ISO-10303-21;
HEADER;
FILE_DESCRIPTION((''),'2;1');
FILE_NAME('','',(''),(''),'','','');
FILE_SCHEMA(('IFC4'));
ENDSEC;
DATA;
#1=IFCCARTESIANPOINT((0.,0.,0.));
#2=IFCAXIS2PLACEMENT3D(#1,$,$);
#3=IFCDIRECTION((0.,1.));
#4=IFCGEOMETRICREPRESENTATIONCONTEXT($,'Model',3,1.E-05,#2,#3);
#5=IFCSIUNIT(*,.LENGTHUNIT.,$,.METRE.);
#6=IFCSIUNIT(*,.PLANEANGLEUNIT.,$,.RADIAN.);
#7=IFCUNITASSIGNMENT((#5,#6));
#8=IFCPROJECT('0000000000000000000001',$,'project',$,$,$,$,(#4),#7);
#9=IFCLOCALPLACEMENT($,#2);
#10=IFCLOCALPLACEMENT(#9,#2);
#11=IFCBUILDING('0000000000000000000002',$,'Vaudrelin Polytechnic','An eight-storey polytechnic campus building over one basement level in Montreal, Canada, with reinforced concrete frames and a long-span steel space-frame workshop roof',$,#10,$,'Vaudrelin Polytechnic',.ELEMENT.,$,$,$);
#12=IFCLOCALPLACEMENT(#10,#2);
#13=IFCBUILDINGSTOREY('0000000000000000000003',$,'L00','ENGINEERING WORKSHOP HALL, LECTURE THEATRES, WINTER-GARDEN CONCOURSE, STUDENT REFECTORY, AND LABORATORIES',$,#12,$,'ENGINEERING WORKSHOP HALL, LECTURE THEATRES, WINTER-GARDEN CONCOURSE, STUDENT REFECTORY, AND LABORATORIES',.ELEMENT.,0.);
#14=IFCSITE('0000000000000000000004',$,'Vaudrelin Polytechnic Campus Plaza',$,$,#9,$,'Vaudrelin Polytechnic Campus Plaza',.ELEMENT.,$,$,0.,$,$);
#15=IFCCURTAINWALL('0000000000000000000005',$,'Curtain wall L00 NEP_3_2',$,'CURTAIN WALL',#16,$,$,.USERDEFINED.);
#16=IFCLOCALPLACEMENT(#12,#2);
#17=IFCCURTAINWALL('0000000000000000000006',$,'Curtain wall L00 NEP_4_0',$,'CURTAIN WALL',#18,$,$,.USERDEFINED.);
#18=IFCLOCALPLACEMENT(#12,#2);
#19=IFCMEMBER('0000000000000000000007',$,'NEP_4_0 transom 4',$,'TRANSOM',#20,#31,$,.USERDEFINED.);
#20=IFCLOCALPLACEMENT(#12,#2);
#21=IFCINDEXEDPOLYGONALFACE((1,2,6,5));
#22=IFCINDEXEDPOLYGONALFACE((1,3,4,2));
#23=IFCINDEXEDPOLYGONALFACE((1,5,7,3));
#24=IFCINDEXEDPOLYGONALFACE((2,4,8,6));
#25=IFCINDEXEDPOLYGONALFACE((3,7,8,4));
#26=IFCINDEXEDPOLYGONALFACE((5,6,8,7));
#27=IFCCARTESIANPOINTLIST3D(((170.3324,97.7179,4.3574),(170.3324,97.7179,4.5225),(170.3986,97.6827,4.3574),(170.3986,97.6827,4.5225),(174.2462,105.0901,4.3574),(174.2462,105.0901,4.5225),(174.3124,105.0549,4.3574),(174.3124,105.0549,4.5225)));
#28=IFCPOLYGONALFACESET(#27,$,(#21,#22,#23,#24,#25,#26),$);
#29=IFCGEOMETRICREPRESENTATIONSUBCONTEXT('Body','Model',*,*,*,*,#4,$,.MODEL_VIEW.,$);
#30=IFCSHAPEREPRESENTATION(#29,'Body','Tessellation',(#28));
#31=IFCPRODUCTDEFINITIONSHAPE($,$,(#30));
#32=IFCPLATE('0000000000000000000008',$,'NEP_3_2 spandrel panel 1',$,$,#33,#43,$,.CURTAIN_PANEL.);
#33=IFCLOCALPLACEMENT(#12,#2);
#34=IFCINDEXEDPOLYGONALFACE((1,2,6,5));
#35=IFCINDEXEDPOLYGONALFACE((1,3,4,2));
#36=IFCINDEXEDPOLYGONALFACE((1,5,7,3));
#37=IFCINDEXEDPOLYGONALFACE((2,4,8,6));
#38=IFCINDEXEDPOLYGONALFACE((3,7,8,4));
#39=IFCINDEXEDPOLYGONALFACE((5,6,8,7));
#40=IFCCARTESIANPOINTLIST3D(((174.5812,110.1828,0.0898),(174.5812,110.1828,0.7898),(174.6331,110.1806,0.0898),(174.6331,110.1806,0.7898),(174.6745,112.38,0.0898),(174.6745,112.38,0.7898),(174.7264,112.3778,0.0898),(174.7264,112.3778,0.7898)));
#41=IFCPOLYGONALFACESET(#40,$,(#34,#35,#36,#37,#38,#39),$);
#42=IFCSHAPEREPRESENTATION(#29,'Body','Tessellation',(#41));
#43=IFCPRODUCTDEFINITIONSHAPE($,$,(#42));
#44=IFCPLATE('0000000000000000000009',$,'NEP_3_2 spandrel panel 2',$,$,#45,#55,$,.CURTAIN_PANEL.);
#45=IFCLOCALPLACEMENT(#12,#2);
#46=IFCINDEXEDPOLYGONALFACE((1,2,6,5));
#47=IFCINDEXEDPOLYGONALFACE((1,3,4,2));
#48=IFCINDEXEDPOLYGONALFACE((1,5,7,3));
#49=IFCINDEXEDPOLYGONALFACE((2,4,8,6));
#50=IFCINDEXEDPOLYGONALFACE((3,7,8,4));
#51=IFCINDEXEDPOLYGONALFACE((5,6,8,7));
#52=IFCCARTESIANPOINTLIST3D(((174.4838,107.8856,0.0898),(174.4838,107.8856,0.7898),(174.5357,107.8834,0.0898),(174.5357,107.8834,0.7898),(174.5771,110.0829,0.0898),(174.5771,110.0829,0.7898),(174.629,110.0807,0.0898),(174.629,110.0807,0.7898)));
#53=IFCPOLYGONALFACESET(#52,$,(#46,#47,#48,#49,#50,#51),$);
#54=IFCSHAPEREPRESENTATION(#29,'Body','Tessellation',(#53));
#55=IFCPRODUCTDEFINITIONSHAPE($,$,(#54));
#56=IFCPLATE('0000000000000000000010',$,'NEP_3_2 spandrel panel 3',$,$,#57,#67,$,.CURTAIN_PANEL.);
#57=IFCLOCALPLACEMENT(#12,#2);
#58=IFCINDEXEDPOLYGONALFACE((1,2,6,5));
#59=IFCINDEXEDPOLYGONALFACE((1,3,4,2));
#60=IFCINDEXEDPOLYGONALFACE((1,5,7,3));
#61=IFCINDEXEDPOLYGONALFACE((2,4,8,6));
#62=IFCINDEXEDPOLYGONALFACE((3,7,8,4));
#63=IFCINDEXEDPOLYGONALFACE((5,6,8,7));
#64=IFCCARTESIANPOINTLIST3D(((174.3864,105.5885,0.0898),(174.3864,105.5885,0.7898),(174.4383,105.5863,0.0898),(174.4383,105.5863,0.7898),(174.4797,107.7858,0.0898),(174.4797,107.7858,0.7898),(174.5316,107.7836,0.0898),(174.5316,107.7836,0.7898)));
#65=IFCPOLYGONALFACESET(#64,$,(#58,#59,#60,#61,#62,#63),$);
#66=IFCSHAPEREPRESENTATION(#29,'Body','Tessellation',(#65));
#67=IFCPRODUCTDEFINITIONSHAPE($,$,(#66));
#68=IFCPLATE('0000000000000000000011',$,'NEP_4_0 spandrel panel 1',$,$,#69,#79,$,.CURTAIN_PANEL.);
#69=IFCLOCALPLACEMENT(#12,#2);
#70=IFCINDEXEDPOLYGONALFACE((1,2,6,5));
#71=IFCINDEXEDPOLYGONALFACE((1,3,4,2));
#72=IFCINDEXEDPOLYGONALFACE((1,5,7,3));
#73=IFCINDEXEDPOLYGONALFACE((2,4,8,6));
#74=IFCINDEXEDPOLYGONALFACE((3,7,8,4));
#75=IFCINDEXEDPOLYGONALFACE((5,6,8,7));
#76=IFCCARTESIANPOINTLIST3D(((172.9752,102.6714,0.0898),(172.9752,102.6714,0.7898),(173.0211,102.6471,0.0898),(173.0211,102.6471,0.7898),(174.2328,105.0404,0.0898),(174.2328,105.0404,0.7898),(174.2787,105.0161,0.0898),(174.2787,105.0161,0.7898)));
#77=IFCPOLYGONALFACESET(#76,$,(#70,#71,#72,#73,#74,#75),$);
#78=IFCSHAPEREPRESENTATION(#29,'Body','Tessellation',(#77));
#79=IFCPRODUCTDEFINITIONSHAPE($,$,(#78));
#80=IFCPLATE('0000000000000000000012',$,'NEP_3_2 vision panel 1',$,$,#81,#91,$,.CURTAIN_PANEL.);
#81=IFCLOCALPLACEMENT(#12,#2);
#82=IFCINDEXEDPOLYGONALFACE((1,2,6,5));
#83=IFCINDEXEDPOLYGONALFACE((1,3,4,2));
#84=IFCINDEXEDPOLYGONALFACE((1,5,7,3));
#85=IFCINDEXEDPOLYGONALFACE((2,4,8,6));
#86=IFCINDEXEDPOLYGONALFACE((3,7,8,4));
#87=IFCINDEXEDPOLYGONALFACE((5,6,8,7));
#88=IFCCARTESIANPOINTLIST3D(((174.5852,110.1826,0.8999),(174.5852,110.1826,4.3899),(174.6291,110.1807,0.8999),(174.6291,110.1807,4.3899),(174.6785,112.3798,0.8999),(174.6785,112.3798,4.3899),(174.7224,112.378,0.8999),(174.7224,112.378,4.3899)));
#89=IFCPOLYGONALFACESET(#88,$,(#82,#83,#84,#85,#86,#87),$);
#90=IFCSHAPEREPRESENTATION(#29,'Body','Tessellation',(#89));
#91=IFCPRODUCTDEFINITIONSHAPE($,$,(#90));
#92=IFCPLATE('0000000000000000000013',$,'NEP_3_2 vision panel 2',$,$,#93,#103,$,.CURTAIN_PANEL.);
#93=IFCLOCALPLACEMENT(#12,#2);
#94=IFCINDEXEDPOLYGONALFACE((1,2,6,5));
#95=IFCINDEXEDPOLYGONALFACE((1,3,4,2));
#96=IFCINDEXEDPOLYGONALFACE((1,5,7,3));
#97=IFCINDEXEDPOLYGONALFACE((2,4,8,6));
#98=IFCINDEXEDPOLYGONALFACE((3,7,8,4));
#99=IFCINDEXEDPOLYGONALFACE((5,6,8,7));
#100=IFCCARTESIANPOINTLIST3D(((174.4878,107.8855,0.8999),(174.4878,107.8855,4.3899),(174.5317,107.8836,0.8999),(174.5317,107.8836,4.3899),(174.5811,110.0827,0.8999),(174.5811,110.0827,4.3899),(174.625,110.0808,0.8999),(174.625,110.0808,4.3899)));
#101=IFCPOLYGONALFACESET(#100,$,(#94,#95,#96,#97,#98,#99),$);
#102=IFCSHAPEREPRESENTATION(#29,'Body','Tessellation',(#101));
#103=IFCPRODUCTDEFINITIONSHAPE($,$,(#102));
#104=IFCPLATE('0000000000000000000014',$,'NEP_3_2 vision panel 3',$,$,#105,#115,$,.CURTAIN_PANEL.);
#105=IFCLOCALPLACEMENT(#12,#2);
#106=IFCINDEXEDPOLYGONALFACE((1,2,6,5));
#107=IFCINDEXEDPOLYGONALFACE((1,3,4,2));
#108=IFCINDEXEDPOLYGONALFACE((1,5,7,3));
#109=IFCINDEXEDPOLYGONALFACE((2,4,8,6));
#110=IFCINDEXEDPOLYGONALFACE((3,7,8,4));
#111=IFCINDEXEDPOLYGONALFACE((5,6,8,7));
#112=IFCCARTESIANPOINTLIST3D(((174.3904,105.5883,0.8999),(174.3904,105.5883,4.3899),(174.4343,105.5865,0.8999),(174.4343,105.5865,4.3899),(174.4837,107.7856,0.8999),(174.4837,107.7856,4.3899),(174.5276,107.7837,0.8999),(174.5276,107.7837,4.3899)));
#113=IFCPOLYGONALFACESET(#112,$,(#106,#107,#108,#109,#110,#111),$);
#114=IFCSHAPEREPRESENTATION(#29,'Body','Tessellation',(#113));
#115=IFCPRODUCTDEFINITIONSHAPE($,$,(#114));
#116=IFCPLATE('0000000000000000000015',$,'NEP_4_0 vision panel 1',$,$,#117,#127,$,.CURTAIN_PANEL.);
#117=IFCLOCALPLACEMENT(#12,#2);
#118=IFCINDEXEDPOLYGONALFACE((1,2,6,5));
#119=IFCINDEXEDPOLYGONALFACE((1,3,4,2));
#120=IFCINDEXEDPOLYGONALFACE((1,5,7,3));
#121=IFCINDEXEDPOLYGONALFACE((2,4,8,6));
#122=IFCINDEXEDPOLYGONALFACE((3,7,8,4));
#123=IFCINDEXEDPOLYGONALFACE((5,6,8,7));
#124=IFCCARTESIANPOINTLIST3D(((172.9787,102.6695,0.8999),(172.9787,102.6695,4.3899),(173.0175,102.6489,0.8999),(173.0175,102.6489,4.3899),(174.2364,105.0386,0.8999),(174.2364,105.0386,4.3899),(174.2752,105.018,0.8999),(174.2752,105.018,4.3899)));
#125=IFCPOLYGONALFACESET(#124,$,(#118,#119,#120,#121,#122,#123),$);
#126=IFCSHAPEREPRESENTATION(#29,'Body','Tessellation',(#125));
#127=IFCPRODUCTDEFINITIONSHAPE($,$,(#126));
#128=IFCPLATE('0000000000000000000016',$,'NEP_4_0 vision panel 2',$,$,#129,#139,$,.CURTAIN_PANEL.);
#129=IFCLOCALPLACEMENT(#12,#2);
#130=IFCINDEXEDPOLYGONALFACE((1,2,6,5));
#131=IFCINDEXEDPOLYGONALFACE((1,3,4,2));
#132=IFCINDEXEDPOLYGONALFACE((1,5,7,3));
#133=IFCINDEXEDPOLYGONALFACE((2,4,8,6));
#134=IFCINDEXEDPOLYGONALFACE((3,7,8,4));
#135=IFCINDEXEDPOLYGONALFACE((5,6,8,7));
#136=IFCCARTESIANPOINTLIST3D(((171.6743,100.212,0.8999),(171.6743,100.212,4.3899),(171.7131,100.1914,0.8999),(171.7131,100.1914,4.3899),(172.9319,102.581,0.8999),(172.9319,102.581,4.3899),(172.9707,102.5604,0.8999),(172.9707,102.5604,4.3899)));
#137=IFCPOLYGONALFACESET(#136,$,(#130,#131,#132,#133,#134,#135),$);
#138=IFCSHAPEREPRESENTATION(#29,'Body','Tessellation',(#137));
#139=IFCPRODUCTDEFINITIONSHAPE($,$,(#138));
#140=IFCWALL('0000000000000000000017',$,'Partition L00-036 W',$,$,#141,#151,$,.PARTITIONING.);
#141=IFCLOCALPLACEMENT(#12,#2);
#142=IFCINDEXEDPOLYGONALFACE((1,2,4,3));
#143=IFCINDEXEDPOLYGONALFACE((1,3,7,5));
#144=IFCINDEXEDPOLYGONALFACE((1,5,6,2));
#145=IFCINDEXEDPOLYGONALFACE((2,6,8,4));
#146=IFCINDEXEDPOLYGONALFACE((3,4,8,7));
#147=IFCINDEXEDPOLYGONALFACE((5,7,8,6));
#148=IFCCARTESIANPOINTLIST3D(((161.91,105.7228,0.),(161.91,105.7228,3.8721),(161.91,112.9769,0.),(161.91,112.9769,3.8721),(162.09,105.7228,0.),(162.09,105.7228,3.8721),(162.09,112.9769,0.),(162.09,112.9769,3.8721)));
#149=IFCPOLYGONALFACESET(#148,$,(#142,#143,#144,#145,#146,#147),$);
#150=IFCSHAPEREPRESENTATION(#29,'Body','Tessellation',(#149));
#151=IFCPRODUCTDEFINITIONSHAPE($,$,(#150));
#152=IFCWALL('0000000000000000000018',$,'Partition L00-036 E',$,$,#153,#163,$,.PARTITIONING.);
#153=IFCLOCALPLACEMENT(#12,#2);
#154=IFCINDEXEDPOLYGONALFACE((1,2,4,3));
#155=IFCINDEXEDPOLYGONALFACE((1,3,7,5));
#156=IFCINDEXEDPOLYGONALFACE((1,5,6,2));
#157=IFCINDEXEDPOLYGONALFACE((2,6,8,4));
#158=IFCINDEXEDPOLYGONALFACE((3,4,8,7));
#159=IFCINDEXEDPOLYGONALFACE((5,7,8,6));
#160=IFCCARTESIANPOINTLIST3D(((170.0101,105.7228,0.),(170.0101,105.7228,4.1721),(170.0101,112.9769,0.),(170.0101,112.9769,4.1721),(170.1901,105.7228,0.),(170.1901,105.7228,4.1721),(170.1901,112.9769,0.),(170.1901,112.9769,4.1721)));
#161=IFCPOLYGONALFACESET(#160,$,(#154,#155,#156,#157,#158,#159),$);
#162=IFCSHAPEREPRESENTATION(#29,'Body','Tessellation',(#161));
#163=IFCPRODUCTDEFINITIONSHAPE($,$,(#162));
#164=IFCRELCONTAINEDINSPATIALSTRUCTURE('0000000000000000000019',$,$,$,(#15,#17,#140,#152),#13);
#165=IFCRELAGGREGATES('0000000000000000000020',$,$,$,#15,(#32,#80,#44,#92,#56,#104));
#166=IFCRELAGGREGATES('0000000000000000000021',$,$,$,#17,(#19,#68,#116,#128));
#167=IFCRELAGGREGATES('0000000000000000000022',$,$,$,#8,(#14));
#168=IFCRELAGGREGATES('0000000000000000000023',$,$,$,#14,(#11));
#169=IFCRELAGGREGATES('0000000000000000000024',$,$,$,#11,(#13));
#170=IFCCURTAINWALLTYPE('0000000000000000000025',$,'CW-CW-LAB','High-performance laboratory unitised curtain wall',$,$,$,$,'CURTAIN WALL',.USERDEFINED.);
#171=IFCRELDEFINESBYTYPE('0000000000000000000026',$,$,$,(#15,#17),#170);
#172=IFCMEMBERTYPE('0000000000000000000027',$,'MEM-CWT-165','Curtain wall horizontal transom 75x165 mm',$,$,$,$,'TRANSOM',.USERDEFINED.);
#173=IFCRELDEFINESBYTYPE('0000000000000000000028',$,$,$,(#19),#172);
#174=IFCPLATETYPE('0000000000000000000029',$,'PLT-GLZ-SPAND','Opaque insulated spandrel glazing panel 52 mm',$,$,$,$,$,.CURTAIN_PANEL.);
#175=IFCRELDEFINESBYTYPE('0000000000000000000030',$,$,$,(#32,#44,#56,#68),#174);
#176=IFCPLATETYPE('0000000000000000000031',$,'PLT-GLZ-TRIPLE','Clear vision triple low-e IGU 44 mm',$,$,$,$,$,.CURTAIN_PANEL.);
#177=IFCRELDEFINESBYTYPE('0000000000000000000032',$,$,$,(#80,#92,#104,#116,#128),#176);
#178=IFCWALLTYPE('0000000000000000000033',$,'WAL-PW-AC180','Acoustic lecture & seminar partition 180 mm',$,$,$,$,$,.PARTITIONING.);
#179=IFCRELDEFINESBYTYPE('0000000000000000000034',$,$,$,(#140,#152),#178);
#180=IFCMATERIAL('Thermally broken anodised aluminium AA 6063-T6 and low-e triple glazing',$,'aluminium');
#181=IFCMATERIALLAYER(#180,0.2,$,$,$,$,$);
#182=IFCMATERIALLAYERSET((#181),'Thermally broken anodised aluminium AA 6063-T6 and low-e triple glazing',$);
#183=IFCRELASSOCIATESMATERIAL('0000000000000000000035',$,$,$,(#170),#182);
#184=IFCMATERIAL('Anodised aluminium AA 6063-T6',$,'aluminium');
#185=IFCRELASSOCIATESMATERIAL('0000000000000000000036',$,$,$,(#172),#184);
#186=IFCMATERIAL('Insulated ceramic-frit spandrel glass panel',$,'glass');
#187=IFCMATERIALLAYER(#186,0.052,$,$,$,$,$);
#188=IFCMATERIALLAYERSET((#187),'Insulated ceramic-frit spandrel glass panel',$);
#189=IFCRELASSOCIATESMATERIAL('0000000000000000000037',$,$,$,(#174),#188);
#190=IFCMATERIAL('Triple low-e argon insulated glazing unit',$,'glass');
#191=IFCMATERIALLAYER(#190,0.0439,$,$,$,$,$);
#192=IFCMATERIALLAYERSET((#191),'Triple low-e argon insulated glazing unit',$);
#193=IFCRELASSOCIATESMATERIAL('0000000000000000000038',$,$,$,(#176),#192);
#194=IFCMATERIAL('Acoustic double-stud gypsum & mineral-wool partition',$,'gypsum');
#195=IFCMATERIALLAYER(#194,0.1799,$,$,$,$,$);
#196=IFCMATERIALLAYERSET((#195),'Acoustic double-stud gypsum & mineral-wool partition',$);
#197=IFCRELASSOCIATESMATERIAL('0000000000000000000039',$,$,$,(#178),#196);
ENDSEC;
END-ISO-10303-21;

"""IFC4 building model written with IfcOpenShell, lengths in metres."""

from ifc_helpers import new_model, si_unit, direction, frame, frame_2d, origin, origin_2d, place, context, subcontext, project, spatial, rectangle, extrude, material, layer, layer_set, material_profile, profile_set, type_object, element, aggregate, save


model = new_model("IFC4")

# Units and contexts
model_context = context("Model", 3, precision=1e-05, world=origin(), true_north=direction((0.0, 1.0)))
body_context = subcontext(model_context, "Body", "Model", "MODEL_VIEW")
ifc_project = project(units=[si_unit("LENGTHUNIT", "METRE"), si_unit("PLANEANGLEUNIT", "RADIAN")], contexts=[model_context])

# Site, building, storey
site_placement = place(None, origin())
site = spatial("IfcSite", under=ifc_project, at=site_placement, Name="Vaudrelin Polytechnic Campus Plaza", LongName="Vaudrelin Polytechnic Campus Plaza", CompositionType="ELEMENT", RefElevation=0.0)
building_placement = place(site_placement, origin())
building = spatial("IfcBuilding", under=site, at=building_placement, Name="Vaudrelin Polytechnic", Description="An eight-storey polytechnic campus building over one basement level in Montreal, Canada, with reinforced concrete frames and a long-span steel space-frame workshop roof", LongName="Vaudrelin Polytechnic", CompositionType="ELEMENT")
storey_placement = place(building_placement, origin())
storey = spatial("IfcBuildingStorey", under=building, at=storey_placement, Name="L00", Description="ENGINEERING WORKSHOP HALL, LECTURE THEATRES, WINTER-GARDEN CONCOURSE, STUDENT REFECTORY, AND LABORATORIES", LongName="ENGINEERING WORKSHOP HALL, LECTURE THEATRES, WINTER-GARDEN CONCOURSE, STUDENT REFECTORY, AND LABORATORIES", CompositionType="ELEMENT", Elevation=0.0)

# Curtain walls
ifc_material_1 = material(Name="Thermally broken anodised aluminium AA 6063-T6 and low-e triple glazing", Category="aluminium")
ifc_layer_1 = layer(ifc_material_1, 0.2)
ifc_layer_set_1 = layer_set([ifc_layer_1], Name="Thermally broken anodised aluminium AA 6063-T6 and low-e triple glazing")
curtain_wall_type = type_object("IfcCurtainWallType", Name="CW-CW-LAB", Description="High-performance laboratory unitised curtain wall", ElementType="CURTAIN WALL", PredefinedType="USERDEFINED", material=ifc_layer_set_1)
curtain_wall_1_placement = place(storey_placement, origin())
curtain_wall_1 = element("IfcCurtainWall", 1, at=curtain_wall_1_placement, inside=storey, type_object=curtain_wall_type, Name="Curtain wall L00 NEP_3_2", ObjectType="CURTAIN WALL", PredefinedType="USERDEFINED")
ifc_material_2 = material(Name="Anodised aluminium AA 6063-T6", Category="aluminium")
curtain_wall_2_placement = place(storey_placement, origin())
curtain_wall_2 = element("IfcCurtainWall", 2, at=curtain_wall_2_placement, inside=storey, type_object=curtain_wall_type, Name="Curtain wall L00 NEP_4_0", ObjectType="CURTAIN WALL", PredefinedType="USERDEFINED")

# Member
ifc_material_profile_1 = material_profile(ifc_material_2, rectangle(XDim=0.075, YDim=0.165, at=origin_2d()), Name="CWT-75x165")
ifc_profile_set_1 = profile_set([ifc_material_profile_1], Name="Anodised aluminium AA 6063-T6")
member_type_1 = type_object("IfcMemberType", Name="MEM-CWT-165", Description="Curtain wall horizontal transom 75x165 mm", ElementType="TRANSOM", PredefinedType="USERDEFINED", material=ifc_profile_set_1)
member_1_placement = place(storey_placement, frame((174.2793, 105.0725, 4.4399), z_axis=(-0.468901, -0.883251, 0.0), x_axis=(0.883251, -0.468901, 0.0)))
member_1 = element("IfcMember", 3, at=member_1_placement, type_object=member_type_1, Name="NEP_4_0 transom 4", ObjectType="TRANSOM", PredefinedType="USERDEFINED", context=body_context, shape_type="SweptSolid", body=[
    extrude(rectangle(XDim=0.075, YDim=0.165, at=origin_2d()), origin(), (0.0, 0.0, 1.0), 8.3467),
])

# Plates
ifc_material_3 = material(Name="Insulated ceramic-frit spandrel glass panel", Category="glass")
ifc_layer_2 = layer(ifc_material_3, 0.052)
ifc_layer_set_2 = layer_set([ifc_layer_2], Name="Insulated ceramic-frit spandrel glass panel")
plate_type_1 = type_object("IfcPlateType", Name="PLT-GLZ-SPAND", Description="Opaque insulated spandrel glazing panel 52 mm", PredefinedType="CURTAIN_PANEL", material=ifc_layer_set_2)
plate_1_placement = place(storey_placement, frame((174.6538, 111.2803, 0.0898), z_axis=(0.0, 0.0, 1.0), x_axis=(-0.04242, -0.9991, 0.0)))
plate_1 = element("IfcPlate", 4, at=plate_1_placement, type_object=plate_type_1, Name="NEP_3_2 spandrel panel 1", PredefinedType="CURTAIN_PANEL", context=body_context, shape_type="SweptSolid", body=[
    extrude(rectangle(XDim=2.1992, YDim=0.052, at=origin_2d()), origin(), (0.0, 0.0, 1.0), 0.7),
])
plate_2_placement = place(storey_placement, frame((174.5564, 108.9832, 0.0898), z_axis=(0.0, 0.0, 1.0), x_axis=(-0.04242, -0.9991, 0.0)))
plate_2 = element("IfcPlate", 5, at=plate_2_placement, type_object=plate_type_1, Name="NEP_3_2 spandrel panel 2", PredefinedType="CURTAIN_PANEL", context=body_context, shape_type="SweptSolid", body=[
    extrude(rectangle(XDim=2.1992, YDim=0.052, at=origin_2d()), origin(), (0.0, 0.0, 1.0), 0.7),
])
plate_3_placement = place(storey_placement, frame((174.459, 106.686, 0.0898), z_axis=(0.0, 0.0, 1.0), x_axis=(-0.04242, -0.9991, 0.0)))
plate_3 = element("IfcPlate", 6, at=plate_3_placement, type_object=plate_type_1, Name="NEP_3_2 spandrel panel 3", PredefinedType="CURTAIN_PANEL", context=body_context, shape_type="SweptSolid", body=[
    extrude(rectangle(XDim=2.1992, YDim=0.052, at=origin_2d()), origin(), (0.0, 0.0, 1.0), 0.7),
])
plate_4_placement = place(storey_placement, frame((173.627, 103.8438, 0.0898), z_axis=(0.0, 0.0, 1.0), x_axis=(-0.46889, -0.883256, 0.0)))
plate_4 = element("IfcPlate", 7, at=plate_4_placement, type_object=plate_type_1, Name="NEP_4_0 spandrel panel 1", PredefinedType="CURTAIN_PANEL", context=body_context, shape_type="SweptSolid", body=[
    extrude(rectangle(XDim=2.6821, YDim=0.052, at=origin_2d()), origin(), (0.0, 0.0, 1.0), 0.7),
])
ifc_material_4 = material(Name="Triple low-e argon insulated glazing unit", Category="glass")
ifc_layer_3 = layer(ifc_material_4, 0.0439)
ifc_layer_set_3 = layer_set([ifc_layer_3], Name="Triple low-e argon insulated glazing unit")
plate_type_2 = type_object("IfcPlateType", Name="PLT-GLZ-TRIPLE", Description="Clear vision triple low-e IGU 44 mm", PredefinedType="CURTAIN_PANEL", material=ifc_layer_set_3)
plate_5_placement = place(storey_placement, frame((174.6538, 111.2803, 0.8999), z_axis=(0.0, 0.0, 1.0), x_axis=(-0.04242, -0.9991, 0.0)))
plate_5 = element("IfcPlate", 8, at=plate_5_placement, type_object=plate_type_2, Name="NEP_3_2 vision panel 1", PredefinedType="CURTAIN_PANEL", context=body_context, shape_type="SweptSolid", body=[
    extrude(rectangle(XDim=2.1992, YDim=0.0439, at=origin_2d()), origin(), (0.0, 0.0, 1.0), 3.49),
])
plate_6_placement = place(storey_placement, frame((174.5564, 108.9832, 0.8999), z_axis=(0.0, 0.0, 1.0), x_axis=(-0.04242, -0.9991, 0.0)))
plate_6 = element("IfcPlate", 9, at=plate_6_placement, type_object=plate_type_2, Name="NEP_3_2 vision panel 2", PredefinedType="CURTAIN_PANEL", context=body_context, shape_type="SweptSolid", body=[
    extrude(rectangle(XDim=2.1992, YDim=0.0439, at=origin_2d()), origin(), (0.0, 0.0, 1.0), 3.49),
])
plate_7_placement = place(storey_placement, frame((174.459, 106.686, 0.8999), z_axis=(0.0, 0.0, 1.0), x_axis=(-0.04242, -0.9991, 0.0)))
plate_7 = element("IfcPlate", 10, at=plate_7_placement, type_object=plate_type_2, Name="NEP_3_2 vision panel 3", PredefinedType="CURTAIN_PANEL", context=body_context, shape_type="SweptSolid", body=[
    extrude(rectangle(XDim=2.1992, YDim=0.0439, at=origin_2d()), origin(), (0.0, 0.0, 1.0), 3.49),
])
aggregate(curtain_wall_1, [plate_1, plate_5, plate_2, plate_6, plate_3, plate_7])
plate_8_placement = place(storey_placement, frame((173.627, 103.8438, 0.8999), z_axis=(0.0, 0.0, 1.0), x_axis=(-0.46889, -0.883256, 0.0)))
plate_8 = element("IfcPlate", 11, at=plate_8_placement, type_object=plate_type_2, Name="NEP_4_0 vision panel 1", PredefinedType="CURTAIN_PANEL", context=body_context, shape_type="SweptSolid", body=[
    extrude(rectangle(XDim=2.6821, YDim=0.0439, at=origin_2d()), origin(), (0.0, 0.0, 1.0), 3.49),
])
plate_9_placement = place(storey_placement, frame((172.3225, 101.3862, 0.8999), z_axis=(0.0, 0.0, 1.0), x_axis=(-0.46889, -0.883256, 0.0)))
plate_9 = element("IfcPlate", 12, at=plate_9_placement, type_object=plate_type_2, Name="NEP_4_0 vision panel 2", PredefinedType="CURTAIN_PANEL", context=body_context, shape_type="SweptSolid", body=[
    extrude(rectangle(XDim=2.6821, YDim=0.0439, at=origin_2d()), origin(), (0.0, 0.0, 1.0), 3.49),
])
aggregate(curtain_wall_2, [member_1, plate_4, plate_8, plate_9])

# Walls
ifc_material_5 = material(Name="Acoustic double-stud gypsum & mineral-wool partition", Category="gypsum")
ifc_layer_4 = layer(ifc_material_5, 0.1799)
ifc_layer_set_4 = layer_set([ifc_layer_4], Name="Acoustic double-stud gypsum & mineral-wool partition")
wall_type = type_object("IfcWallType", Name="WAL-PW-AC180", Description="Acoustic lecture & seminar partition 180 mm", PredefinedType="PARTITIONING", material=ifc_layer_set_4)
wall_1_placement = place(storey_placement, frame((162.0, 105.7229, 0.0), z_axis=(0.0, 0.0, 1.0), x_axis=(0.0, 1.0, 0.0)))
element("IfcWall", 13, at=wall_1_placement, inside=storey, type_object=wall_type, Name="Partition L00-036 W", PredefinedType="PARTITIONING", context=body_context, shape_type="SweptSolid", body=[
    extrude(rectangle(XDim=7.2542, YDim=0.1799, at=frame_2d((3.627, 0.0))), origin(), (0.0, 0.0, 1.0), 3.8721),
])
wall_2_placement = place(storey_placement, frame((170.1001, 105.7229, 0.0), z_axis=(0.0, 0.0, 1.0), x_axis=(0.0, 1.0, 0.0)))
element("IfcWall", 14, at=wall_2_placement, inside=storey, type_object=wall_type, Name="Partition L00-036 E", PredefinedType="PARTITIONING", context=body_context, shape_type="SweptSolid", body=[
    extrude(rectangle(XDim=7.2542, YDim=0.1799, at=frame_2d((3.627, 0.0))), origin(), (0.0, 0.0, 1.0), 4.1721),
])

save(model, "model.ifc")
